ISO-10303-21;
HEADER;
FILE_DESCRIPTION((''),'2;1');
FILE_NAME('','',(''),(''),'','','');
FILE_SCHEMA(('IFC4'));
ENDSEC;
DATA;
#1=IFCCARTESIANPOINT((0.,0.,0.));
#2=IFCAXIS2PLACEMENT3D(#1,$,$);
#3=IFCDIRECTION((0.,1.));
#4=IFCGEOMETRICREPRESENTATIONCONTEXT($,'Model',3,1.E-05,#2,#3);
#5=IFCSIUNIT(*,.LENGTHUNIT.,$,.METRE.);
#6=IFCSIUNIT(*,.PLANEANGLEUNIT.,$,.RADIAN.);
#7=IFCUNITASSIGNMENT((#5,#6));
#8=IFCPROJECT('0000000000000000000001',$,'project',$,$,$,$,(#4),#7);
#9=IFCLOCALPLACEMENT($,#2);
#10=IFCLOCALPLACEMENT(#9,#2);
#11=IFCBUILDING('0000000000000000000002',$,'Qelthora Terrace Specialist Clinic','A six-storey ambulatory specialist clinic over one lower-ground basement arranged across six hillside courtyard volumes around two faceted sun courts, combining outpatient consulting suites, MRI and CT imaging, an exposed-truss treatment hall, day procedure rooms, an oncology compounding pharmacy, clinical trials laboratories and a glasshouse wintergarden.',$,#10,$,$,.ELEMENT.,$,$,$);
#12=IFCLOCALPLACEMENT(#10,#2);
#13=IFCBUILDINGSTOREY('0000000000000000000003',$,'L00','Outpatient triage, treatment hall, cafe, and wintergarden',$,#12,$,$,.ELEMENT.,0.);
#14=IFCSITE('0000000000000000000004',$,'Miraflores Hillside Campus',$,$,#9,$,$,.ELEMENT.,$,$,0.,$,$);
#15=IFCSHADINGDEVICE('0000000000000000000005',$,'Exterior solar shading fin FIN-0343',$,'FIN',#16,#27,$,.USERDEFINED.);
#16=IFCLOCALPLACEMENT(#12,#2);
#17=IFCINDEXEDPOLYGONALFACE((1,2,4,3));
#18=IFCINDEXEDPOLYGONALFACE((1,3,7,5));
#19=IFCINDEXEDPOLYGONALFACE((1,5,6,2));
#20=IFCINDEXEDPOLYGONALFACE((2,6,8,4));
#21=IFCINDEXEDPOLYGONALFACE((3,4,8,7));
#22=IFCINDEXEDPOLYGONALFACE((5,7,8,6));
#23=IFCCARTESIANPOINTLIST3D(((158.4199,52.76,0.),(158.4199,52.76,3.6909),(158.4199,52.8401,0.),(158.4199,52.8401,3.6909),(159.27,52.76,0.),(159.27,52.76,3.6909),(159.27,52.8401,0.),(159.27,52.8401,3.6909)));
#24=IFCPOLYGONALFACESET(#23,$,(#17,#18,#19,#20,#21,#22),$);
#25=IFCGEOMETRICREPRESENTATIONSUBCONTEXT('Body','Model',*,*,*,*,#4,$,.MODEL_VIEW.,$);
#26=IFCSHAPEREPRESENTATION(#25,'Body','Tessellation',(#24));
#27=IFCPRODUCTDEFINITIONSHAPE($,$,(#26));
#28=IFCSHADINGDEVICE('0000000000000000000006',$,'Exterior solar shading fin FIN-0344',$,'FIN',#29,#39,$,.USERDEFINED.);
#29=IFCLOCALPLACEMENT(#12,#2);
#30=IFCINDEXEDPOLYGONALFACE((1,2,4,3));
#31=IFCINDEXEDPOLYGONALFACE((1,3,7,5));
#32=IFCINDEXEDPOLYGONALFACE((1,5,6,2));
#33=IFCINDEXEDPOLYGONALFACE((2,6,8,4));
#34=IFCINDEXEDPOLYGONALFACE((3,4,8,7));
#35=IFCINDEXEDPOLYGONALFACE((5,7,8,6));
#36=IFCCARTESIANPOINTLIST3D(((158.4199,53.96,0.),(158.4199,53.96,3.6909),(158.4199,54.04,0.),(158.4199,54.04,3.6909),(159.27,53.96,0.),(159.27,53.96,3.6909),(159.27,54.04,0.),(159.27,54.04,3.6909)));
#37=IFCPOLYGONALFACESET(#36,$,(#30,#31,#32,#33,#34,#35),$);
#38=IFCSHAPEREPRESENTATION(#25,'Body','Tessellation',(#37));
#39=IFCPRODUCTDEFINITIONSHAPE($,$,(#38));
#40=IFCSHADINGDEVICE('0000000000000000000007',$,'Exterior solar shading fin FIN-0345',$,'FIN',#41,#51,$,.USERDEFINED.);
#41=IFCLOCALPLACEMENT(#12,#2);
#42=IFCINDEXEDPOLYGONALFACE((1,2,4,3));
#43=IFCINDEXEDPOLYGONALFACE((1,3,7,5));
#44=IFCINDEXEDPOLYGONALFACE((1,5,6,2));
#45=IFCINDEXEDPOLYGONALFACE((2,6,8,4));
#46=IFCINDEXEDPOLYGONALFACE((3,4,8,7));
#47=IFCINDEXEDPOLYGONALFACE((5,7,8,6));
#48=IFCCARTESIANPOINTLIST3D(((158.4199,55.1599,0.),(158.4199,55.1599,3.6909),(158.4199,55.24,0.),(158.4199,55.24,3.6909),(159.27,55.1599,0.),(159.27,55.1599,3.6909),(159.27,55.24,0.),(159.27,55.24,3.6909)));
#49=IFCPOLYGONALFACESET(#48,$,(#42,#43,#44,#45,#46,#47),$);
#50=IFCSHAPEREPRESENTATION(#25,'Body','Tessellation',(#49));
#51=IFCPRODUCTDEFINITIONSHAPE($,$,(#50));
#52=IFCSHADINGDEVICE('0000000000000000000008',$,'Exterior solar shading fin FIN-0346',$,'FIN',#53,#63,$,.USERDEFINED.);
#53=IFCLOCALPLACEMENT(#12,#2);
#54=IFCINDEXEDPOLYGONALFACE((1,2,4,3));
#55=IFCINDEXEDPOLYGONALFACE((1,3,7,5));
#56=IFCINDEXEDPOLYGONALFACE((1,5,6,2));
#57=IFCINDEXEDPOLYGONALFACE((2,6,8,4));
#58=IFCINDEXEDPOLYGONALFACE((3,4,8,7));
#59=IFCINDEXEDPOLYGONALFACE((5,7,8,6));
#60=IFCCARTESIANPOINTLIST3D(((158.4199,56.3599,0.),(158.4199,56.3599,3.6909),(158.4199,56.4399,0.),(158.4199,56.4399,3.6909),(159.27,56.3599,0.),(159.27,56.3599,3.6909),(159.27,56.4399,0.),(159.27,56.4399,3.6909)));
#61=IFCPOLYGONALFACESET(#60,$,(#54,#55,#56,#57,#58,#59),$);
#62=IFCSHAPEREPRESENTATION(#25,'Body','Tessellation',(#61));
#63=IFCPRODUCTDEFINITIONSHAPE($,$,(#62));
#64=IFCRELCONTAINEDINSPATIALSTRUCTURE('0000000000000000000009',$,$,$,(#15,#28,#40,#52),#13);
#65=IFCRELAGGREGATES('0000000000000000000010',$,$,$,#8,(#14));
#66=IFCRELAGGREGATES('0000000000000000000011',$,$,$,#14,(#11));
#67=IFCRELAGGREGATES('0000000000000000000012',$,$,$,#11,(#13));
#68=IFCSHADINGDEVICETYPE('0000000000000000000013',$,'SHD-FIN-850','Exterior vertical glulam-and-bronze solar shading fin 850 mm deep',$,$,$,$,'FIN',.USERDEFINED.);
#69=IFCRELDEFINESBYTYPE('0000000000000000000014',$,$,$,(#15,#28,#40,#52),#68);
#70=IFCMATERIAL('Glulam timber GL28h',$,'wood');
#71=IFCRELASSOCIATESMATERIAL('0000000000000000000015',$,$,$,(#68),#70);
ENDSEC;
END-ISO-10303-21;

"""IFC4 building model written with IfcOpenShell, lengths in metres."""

from ifc_helpers import new_model, si_unit, direction, frame, origin, origin_2d, place, context, subcontext, project, spatial, rectangle, extrude, material, type_object, element, save


model = new_model("IFC4")

# Units and contexts
model_context = context("Model", 3, precision=1e-05, world=origin(), true_north=direction((0.0, 1.0)))
body_context = subcontext(model_context, "Body", "Model", "MODEL_VIEW")
ifc_project = project(units=[si_unit("LENGTHUNIT", "METRE"), si_unit("PLANEANGLEUNIT", "RADIAN")], contexts=[model_context])

# Site, building, storey
site_placement = place(None, origin())
site = spatial("IfcSite", under=ifc_project, at=site_placement, Name="Miraflores Hillside Campus", CompositionType="ELEMENT", RefElevation=0.0)
building_placement = place(site_placement, origin())
building = spatial("IfcBuilding", under=site, at=building_placement, Name="Qelthora Terrace Specialist Clinic", Description="A six-storey ambulatory specialist clinic over one lower-ground basement arranged across six hillside courtyard volumes around two faceted sun courts, combining outpatient consulting suites, MRI and CT imaging, an exposed-truss treatment hall, day procedure rooms, an oncology compounding pharmacy, clinical trials laboratories and a glasshouse wintergarden.", CompositionType="ELEMENT")
storey_placement = place(building_placement, origin())
storey = spatial("IfcBuildingStorey", under=building, at=storey_placement, Name="L00", Description="Outpatient triage, treatment hall, cafe, and wintergarden", CompositionType="ELEMENT", Elevation=0.0)

# Shading devices
ifc_material_1 = material(Name="Glulam timber GL28h", Category="wood")
shading_device_type = type_object("IfcShadingDeviceType", Name="SHD-FIN-850", Description="Exterior vertical glulam-and-bronze solar shading fin 850 mm deep", ElementType="FIN", PredefinedType="USERDEFINED", material=ifc_material_1)
for number, where, z_axis, x_axis, name in (
    (1, (158.845, 52.8, 0.0), (0.0, 0.0, 1.0), (1.0, 0.0, 0.0), "Exterior solar shading fin FIN-0343"),
    (2, (158.845, 54.0, 0.0), (0.0, 0.0, 1.0), (1.0, 0.0, 0.0), "Exterior solar shading fin FIN-0344"),
    (3, (158.845, 55.2, 0.0), (0.0, 0.0, 1.0), (1.0, 0.0, 0.0), "Exterior solar shading fin FIN-0345"),
    (4, (158.845, 56.3999, 0.0), (0.0, 0.0, 1.0), (1.0, 0.0, 0.0), "Exterior solar shading fin FIN-0346"),
):
    element("IfcShadingDevice", number, at=place(storey_placement, frame(where, z_axis=z_axis, x_axis=x_axis)), inside=storey, type_object=shading_device_type, Name=name, ObjectType="FIN", PredefinedType="USERDEFINED", context=body_context, shape_type="SweptSolid", body=[
        extrude(rectangle(XDim=0.8501, YDim=0.0801, at=origin_2d()), origin(), (0.0, 0.0, 1.0), 3.6909),
    ])

save(model, "model.ifc")
